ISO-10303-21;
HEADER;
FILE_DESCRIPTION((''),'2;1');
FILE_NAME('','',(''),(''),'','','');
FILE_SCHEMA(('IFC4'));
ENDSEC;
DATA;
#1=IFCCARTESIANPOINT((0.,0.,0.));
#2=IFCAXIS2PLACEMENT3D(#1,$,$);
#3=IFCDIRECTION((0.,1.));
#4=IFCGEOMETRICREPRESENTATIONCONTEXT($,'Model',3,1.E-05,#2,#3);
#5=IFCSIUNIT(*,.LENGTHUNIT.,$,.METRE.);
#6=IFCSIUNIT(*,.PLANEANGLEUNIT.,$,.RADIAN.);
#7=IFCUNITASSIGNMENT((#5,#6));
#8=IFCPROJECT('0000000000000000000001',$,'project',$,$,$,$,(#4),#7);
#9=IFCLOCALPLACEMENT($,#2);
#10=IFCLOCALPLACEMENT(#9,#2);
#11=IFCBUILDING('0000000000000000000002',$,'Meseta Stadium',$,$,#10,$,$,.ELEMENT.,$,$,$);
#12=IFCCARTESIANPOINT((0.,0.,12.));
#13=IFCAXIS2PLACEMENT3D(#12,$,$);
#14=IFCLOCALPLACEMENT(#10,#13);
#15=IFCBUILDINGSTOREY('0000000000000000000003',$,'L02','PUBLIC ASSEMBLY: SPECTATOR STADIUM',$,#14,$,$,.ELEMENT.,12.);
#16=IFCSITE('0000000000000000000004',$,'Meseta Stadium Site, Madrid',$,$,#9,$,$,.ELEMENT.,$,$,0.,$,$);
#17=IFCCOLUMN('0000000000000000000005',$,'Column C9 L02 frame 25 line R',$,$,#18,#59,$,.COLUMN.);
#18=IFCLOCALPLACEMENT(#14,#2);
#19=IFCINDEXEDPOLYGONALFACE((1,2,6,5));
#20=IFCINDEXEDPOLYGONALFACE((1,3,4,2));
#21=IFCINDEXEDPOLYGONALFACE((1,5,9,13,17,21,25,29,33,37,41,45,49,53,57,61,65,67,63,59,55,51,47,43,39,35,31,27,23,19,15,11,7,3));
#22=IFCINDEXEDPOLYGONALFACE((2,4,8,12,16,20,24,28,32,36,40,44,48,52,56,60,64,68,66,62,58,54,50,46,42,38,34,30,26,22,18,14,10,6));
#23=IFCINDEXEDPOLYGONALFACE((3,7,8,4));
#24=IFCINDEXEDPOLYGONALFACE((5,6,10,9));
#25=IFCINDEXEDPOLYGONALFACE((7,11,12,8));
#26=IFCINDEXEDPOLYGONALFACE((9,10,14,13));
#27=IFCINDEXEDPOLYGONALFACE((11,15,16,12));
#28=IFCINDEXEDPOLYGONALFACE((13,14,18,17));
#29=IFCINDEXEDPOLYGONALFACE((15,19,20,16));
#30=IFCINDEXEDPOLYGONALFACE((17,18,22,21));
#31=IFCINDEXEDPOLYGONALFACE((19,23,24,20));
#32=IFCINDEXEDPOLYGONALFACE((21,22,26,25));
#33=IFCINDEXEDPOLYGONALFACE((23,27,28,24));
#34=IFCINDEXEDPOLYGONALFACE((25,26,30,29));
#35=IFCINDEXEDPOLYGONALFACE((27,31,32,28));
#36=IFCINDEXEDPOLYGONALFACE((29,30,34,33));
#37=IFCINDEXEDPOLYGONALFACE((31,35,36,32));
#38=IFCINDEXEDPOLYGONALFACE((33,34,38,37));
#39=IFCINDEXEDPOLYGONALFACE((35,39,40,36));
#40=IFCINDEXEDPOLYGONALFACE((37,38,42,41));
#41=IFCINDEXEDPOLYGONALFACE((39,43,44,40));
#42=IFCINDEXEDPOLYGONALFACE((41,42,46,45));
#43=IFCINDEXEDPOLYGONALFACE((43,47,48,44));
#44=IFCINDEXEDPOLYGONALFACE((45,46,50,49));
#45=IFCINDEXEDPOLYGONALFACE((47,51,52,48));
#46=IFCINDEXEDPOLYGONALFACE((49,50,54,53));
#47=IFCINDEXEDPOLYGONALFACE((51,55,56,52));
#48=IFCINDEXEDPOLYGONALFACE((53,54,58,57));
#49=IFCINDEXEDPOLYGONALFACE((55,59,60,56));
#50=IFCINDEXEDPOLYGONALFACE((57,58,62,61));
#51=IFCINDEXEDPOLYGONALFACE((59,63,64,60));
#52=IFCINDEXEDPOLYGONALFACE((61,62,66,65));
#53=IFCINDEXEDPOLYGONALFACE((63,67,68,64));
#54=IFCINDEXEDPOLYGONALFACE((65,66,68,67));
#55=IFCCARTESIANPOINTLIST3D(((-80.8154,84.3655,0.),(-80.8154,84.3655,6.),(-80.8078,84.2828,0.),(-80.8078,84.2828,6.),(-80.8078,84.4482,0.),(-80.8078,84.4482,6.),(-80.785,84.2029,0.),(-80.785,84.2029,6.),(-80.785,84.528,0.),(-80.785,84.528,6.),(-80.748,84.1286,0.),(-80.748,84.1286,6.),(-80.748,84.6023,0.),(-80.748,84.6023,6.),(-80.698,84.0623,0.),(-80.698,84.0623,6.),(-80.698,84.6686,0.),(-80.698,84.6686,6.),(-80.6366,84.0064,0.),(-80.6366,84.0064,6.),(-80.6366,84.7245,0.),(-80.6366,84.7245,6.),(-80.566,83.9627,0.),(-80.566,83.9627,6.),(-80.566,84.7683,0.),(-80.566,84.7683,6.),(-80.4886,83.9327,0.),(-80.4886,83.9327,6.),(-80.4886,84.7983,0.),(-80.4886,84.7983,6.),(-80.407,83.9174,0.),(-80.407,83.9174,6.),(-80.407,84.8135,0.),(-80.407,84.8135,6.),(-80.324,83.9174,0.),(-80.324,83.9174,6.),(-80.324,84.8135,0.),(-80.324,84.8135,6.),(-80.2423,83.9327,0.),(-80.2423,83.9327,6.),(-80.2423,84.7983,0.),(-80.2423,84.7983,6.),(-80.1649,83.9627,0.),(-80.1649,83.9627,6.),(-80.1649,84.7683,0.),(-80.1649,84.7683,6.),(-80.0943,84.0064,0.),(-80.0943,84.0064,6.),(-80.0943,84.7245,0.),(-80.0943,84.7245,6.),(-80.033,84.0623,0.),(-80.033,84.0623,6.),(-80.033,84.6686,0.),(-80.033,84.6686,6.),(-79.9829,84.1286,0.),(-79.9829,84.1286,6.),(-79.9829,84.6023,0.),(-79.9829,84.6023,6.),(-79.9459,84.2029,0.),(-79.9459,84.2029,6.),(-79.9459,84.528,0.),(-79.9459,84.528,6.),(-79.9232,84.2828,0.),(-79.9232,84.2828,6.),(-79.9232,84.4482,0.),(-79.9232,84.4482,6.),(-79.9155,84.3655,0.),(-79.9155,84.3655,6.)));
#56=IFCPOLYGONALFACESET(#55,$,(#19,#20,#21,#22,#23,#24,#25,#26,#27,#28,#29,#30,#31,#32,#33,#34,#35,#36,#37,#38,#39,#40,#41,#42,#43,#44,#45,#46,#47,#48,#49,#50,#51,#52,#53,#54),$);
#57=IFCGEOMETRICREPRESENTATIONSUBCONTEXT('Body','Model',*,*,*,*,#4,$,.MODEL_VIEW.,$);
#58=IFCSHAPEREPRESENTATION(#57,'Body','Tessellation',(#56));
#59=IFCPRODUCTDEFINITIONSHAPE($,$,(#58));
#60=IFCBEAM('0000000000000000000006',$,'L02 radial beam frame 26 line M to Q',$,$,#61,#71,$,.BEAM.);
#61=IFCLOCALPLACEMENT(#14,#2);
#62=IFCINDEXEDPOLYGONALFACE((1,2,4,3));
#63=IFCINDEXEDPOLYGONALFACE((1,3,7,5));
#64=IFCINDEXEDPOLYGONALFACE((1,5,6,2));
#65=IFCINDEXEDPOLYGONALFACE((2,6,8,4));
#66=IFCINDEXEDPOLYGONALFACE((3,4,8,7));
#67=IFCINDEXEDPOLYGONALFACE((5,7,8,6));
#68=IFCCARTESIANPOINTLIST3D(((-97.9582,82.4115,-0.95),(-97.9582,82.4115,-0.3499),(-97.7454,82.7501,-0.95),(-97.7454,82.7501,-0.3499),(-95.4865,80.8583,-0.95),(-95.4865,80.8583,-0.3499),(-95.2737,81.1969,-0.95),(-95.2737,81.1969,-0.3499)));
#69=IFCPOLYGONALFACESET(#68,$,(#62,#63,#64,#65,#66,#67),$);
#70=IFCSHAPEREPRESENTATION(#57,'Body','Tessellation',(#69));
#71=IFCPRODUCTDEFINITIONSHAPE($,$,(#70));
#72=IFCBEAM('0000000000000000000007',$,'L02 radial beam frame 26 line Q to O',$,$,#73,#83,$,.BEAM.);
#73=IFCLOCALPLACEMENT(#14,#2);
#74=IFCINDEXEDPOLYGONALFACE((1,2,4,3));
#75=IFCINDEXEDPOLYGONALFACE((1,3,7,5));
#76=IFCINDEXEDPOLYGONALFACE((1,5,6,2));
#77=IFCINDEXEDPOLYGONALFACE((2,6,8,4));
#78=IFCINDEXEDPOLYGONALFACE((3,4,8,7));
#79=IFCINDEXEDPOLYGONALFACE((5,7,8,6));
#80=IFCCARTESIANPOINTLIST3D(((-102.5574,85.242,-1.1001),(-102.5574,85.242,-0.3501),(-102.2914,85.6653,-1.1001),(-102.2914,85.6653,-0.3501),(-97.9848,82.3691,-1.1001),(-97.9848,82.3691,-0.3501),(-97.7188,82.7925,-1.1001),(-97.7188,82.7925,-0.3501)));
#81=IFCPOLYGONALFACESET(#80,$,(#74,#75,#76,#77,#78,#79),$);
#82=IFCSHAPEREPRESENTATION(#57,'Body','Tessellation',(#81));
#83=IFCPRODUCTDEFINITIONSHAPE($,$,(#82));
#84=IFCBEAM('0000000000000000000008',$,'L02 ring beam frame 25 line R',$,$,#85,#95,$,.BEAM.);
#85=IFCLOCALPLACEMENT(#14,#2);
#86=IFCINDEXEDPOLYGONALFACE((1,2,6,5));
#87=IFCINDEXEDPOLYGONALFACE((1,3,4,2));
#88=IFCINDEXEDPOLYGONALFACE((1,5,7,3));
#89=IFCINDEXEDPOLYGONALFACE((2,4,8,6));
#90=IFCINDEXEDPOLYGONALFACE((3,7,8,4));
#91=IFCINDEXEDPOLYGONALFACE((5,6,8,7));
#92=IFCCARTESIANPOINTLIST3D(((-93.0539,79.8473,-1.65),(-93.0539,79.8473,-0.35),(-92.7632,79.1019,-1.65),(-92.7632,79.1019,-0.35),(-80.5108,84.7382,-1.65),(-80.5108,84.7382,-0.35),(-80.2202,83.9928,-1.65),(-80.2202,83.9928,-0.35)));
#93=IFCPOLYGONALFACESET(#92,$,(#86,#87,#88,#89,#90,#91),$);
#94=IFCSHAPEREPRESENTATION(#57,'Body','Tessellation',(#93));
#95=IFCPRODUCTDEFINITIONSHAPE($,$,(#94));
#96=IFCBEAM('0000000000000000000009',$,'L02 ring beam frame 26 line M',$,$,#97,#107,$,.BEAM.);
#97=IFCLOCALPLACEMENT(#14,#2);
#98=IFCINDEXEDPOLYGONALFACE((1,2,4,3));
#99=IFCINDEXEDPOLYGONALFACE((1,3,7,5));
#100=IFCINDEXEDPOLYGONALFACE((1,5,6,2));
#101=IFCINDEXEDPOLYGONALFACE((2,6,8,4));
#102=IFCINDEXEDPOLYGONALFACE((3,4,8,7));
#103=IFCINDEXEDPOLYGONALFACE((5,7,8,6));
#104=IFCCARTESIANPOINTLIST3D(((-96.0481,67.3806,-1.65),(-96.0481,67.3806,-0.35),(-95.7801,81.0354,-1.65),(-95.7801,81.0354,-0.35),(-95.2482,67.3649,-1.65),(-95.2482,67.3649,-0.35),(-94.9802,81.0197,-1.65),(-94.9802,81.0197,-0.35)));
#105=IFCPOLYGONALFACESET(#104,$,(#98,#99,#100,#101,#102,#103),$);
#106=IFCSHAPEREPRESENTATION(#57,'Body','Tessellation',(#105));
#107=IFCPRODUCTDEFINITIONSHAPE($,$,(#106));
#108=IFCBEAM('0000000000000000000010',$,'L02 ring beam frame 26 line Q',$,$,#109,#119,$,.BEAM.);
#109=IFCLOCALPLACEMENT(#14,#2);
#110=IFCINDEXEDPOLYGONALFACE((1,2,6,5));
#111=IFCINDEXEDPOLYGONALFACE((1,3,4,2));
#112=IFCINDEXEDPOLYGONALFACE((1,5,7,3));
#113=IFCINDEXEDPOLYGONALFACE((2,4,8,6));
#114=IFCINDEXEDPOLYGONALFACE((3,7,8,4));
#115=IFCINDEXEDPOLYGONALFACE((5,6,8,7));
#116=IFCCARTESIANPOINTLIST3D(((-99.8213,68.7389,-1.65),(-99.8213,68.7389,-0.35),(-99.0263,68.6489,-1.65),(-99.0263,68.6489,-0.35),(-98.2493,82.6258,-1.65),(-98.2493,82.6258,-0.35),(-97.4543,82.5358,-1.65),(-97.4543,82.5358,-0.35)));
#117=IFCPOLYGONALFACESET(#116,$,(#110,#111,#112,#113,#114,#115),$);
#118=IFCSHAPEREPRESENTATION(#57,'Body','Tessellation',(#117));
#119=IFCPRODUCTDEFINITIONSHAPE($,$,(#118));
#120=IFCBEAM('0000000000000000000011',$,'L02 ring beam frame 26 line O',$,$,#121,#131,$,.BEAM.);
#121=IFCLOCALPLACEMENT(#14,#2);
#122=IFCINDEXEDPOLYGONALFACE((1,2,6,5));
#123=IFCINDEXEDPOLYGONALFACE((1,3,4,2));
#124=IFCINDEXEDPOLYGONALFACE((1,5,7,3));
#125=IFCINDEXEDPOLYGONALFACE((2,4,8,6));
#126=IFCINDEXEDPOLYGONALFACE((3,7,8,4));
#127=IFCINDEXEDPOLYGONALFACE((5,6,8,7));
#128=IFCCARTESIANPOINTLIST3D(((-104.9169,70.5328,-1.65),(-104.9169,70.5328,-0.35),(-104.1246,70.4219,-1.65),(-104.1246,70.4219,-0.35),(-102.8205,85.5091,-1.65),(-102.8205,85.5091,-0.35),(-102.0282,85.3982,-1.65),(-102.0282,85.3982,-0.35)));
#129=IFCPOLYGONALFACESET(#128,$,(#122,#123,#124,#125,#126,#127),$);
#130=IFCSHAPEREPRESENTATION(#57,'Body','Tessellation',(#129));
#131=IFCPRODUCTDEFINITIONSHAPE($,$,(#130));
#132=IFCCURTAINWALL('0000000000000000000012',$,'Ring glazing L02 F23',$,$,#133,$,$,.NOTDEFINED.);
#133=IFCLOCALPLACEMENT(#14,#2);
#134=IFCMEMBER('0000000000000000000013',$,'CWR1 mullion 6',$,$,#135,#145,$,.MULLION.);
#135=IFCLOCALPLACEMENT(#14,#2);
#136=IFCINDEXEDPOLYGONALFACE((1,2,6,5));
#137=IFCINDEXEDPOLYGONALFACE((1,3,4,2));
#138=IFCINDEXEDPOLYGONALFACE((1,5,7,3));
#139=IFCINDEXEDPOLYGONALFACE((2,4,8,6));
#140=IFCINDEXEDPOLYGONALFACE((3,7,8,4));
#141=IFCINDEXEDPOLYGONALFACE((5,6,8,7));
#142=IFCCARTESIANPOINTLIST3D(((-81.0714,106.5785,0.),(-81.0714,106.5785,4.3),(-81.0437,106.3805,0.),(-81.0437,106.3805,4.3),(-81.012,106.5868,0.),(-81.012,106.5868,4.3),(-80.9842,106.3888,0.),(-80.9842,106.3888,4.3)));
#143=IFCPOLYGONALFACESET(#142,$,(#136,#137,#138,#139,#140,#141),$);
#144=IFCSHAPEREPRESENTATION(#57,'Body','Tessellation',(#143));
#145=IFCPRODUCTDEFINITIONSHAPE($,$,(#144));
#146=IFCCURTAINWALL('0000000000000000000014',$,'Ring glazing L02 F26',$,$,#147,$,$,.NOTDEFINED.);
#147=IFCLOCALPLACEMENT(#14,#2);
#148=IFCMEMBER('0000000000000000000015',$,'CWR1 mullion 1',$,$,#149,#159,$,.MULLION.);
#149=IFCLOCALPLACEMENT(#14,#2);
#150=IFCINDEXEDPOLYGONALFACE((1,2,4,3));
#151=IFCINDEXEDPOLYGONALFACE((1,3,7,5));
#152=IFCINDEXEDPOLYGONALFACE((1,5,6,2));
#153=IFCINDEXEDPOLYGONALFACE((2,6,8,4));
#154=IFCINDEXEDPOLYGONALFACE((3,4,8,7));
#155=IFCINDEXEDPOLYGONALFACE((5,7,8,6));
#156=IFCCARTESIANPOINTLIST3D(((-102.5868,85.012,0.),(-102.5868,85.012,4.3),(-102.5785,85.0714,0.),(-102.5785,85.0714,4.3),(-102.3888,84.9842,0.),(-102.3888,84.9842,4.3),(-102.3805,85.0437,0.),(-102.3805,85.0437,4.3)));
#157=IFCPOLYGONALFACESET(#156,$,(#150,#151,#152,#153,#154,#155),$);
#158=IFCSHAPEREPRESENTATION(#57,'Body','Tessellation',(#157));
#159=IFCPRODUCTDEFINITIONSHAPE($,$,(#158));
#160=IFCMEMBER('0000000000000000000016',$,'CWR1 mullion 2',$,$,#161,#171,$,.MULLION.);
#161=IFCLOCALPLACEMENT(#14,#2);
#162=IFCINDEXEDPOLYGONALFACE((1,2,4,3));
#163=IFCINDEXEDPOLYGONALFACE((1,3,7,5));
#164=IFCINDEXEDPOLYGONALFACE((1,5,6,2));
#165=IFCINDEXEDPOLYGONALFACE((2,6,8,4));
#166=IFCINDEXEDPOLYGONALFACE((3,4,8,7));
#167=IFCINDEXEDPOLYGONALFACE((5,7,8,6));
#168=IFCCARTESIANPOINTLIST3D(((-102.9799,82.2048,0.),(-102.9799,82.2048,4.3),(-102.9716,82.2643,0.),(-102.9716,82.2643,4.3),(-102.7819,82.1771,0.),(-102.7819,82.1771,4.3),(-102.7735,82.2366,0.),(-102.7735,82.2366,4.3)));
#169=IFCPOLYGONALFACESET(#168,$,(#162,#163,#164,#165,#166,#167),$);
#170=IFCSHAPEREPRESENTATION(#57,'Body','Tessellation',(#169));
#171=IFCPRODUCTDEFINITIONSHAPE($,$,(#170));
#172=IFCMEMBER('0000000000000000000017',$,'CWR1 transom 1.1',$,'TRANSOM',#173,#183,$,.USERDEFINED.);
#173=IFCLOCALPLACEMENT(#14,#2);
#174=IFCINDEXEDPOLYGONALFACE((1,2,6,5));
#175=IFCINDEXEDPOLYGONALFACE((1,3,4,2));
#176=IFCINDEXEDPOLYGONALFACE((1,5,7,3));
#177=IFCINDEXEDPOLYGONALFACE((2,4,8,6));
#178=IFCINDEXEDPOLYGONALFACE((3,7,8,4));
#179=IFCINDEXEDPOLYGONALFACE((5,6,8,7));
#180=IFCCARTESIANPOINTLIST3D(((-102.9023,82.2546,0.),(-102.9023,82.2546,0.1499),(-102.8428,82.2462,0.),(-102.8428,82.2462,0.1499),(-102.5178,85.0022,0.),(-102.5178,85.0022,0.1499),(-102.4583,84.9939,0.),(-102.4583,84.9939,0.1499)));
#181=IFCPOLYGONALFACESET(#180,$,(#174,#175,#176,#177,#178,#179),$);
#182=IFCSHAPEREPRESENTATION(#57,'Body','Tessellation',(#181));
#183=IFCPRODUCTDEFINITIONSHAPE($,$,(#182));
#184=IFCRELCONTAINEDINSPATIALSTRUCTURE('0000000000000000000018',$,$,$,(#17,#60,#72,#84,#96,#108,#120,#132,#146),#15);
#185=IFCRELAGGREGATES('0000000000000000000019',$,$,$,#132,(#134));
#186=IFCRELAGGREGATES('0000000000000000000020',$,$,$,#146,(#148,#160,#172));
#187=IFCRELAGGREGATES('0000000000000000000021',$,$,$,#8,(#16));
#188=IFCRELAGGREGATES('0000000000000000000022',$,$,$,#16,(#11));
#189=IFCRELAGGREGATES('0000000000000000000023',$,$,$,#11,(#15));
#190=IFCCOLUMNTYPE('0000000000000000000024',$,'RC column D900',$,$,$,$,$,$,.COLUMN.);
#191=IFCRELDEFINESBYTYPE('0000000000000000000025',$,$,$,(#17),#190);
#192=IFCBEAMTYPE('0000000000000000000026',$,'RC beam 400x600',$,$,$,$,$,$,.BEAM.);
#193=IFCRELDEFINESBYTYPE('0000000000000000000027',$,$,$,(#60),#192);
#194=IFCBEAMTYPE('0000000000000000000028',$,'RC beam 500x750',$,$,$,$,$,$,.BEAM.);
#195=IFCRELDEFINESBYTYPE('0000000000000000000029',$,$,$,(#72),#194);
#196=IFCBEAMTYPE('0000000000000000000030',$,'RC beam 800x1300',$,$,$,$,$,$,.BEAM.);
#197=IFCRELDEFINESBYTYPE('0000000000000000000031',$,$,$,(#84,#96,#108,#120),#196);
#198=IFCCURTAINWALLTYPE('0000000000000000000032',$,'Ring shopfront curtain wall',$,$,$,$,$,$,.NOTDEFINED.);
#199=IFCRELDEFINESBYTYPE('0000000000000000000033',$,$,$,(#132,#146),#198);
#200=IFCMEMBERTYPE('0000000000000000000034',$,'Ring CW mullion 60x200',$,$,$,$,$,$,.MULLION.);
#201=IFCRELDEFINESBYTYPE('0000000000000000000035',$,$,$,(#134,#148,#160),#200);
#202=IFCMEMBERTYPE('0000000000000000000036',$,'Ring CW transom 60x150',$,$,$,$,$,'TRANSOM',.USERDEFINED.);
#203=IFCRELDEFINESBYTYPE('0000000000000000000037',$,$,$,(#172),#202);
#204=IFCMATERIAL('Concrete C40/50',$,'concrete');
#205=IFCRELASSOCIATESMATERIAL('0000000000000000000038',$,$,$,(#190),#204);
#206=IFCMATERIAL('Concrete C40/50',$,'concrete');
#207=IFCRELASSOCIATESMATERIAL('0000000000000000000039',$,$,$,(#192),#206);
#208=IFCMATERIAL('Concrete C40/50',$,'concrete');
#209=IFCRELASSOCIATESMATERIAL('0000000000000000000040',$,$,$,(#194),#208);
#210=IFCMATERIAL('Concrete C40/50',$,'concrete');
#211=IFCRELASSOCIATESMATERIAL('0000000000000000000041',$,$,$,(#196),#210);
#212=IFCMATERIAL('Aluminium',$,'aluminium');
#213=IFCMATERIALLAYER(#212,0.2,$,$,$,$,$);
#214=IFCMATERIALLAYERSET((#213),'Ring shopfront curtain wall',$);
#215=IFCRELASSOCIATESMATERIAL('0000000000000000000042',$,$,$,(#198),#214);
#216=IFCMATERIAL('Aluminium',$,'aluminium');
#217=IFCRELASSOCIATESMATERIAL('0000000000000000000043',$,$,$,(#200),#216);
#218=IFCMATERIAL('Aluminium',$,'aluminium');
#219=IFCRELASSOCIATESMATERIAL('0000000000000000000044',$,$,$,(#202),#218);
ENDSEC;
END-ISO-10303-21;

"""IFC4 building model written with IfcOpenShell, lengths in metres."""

from ifc_helpers import new_model, si_unit, direction, frame, origin, origin_2d, place, context, subcontext, project, spatial, rectangle, circle, extrude, material, layer, layer_set, material_profile, profile_set, type_object, element, aggregate, save


model = new_model("IFC4")

# Units and contexts
model_context = context("Model", 3, precision=1e-05, world=origin(), true_north=direction((0.0, 1.0)))
body_context = subcontext(model_context, "Body", "Model", "MODEL_VIEW")
ifc_project = project(units=[si_unit("LENGTHUNIT", "METRE"), si_unit("PLANEANGLEUNIT", "RADIAN")], contexts=[model_context])

# Site, building, storey
site_placement = place(None, origin())
site = spatial("IfcSite", under=ifc_project, at=site_placement, Name="Meseta Stadium Site, Madrid", CompositionType="ELEMENT", RefElevation=0.0)
building_placement = place(site_placement, origin())
building = spatial("IfcBuilding", under=site, at=building_placement, Name="Meseta Stadium", CompositionType="ELEMENT")
storey_placement = place(building_placement, frame((0.0, 0.0, 12.0)))
storey = spatial("IfcBuildingStorey", under=building, at=storey_placement, Name="L02", Description="PUBLIC ASSEMBLY: SPECTATOR STADIUM", CompositionType="ELEMENT", Elevation=12.0)

# Column
ifc_material_1 = material(Name="Concrete C40/50", Category="concrete")
ifc_material_profile_1 = material_profile(ifc_material_1, circle(Radius=0.45, at=origin_2d()), Name="RC D900")
ifc_profile_set_1 = profile_set([ifc_material_profile_1], Name="Concrete C40/50")
column_type_1 = type_object("IfcColumnType", Name="RC column D900", PredefinedType="COLUMN", material=ifc_profile_set_1)
column_placement = place(storey_placement, frame((-80.3655, 84.3655, 0.0), z_axis=(0.0, 0.0, 1.0), x_axis=(1.0, 0.0, 0.0)))
element("IfcColumn", 1, at=column_placement, inside=storey, type_object=column_type_1, Name="Column C9 L02 frame 25 line R", PredefinedType="COLUMN", context=body_context, shape_type="SweptSolid", body=[
    extrude(circle(Radius=0.45, at=origin_2d()), origin(), (0.0, 0.0, 1.0), 6.0),
])

# Beams
ifc_material_2 = material(Name="Concrete C40/50", Category="concrete")
ifc_material_profile_2 = material_profile(ifc_material_2, rectangle(XDim=0.3999, YDim=0.6001, at=origin_2d()), Name="RC 400x600")
ifc_profile_set_2 = profile_set([ifc_material_profile_2], Name="Concrete C40/50")
beam_type_1 = type_object("IfcBeamType", Name="RC beam 400x600", PredefinedType="BEAM", material=ifc_profile_set_2)
beam_1_placement = place(storey_placement, frame((-95.3801, 81.0276, -0.6499), z_axis=(-0.846699, 0.532072, 0.0), x_axis=(-0.532072, -0.846699, 0.0)))
element("IfcBeam", 2, at=beam_1_placement, inside=storey, type_object=beam_type_1, Name="L02 radial beam frame 26 line M to Q", PredefinedType="BEAM", context=body_context, shape_type="SweptSolid", body=[
    extrude(rectangle(XDim=0.3999, YDim=0.6001, at=origin_2d()), origin(), (0.0, 0.0, 1.0), 2.9192),
])
ifc_material_3 = material(Name="Concrete C40/50", Category="concrete")
ifc_material_profile_3 = material_profile(ifc_material_3, rectangle(XDim=0.5, YDim=0.75, at=origin_2d()), Name="RC 500x750")
ifc_profile_set_3 = profile_set([ifc_material_profile_3], Name="Concrete C40/50")
beam_type_2 = type_object("IfcBeamType", Name="RC beam 500x750", PredefinedType="BEAM", material=ifc_profile_set_3)
beam_2_placement = place(storey_placement, frame((-97.8518, 82.5808, -0.7251), z_axis=(-0.846749, 0.531993, 0.0), x_axis=(-0.531993, -0.846749, 0.0)))
element("IfcBeam", 3, at=beam_2_placement, inside=storey, type_object=beam_type_2, Name="L02 radial beam frame 26 line Q to O", PredefinedType="BEAM", context=body_context, shape_type="SweptSolid", body=[
    extrude(rectangle(XDim=0.5, YDim=0.75, at=origin_2d()), origin(), (0.0, 0.0, 1.0), 5.4001),
])
ifc_material_4 = material(Name="Concrete C40/50", Category="concrete")
ifc_material_profile_4 = material_profile(ifc_material_4, rectangle(XDim=0.8, YDim=1.3, at=origin_2d()), Name="RC 800x1300")
ifc_profile_set_4 = profile_set([ifc_material_profile_4], Name="Concrete C40/50")
beam_type_3 = type_object("IfcBeamType", Name="RC beam 800x1300", PredefinedType="BEAM", material=ifc_profile_set_4)
beam_3_placement = place(storey_placement, frame((-80.3655, 84.3655, -1.0), z_axis=(-0.931677, -0.363288, 0.0), x_axis=(0.363288, -0.931677, 0.0)))
element("IfcBeam", 4, at=beam_3_placement, inside=storey, type_object=beam_type_3, Name="L02 ring beam frame 25 line R", PredefinedType="BEAM", context=body_context, shape_type="SweptSolid", body=[
    extrude(rectangle(XDim=0.8, YDim=1.3, at=origin_2d()), origin(), (0.0, 0.0, 1.0), 13.4629),
])
beam_4_placement = place(storey_placement, frame((-95.3801, 81.0276, -1.0), z_axis=(-0.019628, -0.999807, 0.0), x_axis=(0.999807, -0.019628, 0.0)))
element("IfcBeam", 5, at=beam_4_placement, inside=storey, type_object=beam_type_3, Name="L02 ring beam frame 26 line M", PredefinedType="BEAM", context=body_context, shape_type="SweptSolid", body=[
    extrude(rectangle(XDim=0.8, YDim=1.3, at=origin_2d()), origin(), (0.0, 0.0, 1.0), 13.6575),
])
beam_5_placement = place(storey_placement, frame((-97.8518, 82.5808, -1.0), z_axis=(-0.112483, -0.993654, 0.0), x_axis=(0.993654, -0.112483, 0.0)))
element("IfcBeam", 6, at=beam_5_placement, inside=storey, type_object=beam_type_3, Name="L02 ring beam frame 26 line Q", PredefinedType="BEAM", context=body_context, shape_type="SweptSolid", body=[
    extrude(rectangle(XDim=0.8, YDim=1.3, at=origin_2d()), origin(), (0.0, 0.0, 1.0), 13.9756),
])
beam_6_placement = place(storey_placement, frame((-102.4243, 85.4536, -1.0), z_axis=(-0.138632, -0.990344, 0.0), x_axis=(0.990344, -0.138632, 0.0)))
element("IfcBeam", 7, at=beam_6_placement, inside=storey, type_object=beam_type_3, Name="L02 ring beam frame 26 line O", PredefinedType="BEAM", context=body_context, shape_type="SweptSolid", body=[
    extrude(rectangle(XDim=0.8, YDim=1.3, at=origin_2d()), origin(), (0.0, 0.0, 1.0), 15.1223),
])

# Curtain wall, member
ifc_material_5 = material(Name="Aluminium", Category="aluminium")
ifc_layer_1 = layer(ifc_material_5, 0.2)
ifc_layer_set_1 = layer_set([ifc_layer_1], Name="Ring shopfront curtain wall")
curtain_wall_type = type_object("IfcCurtainWallType", Name="Ring shopfront curtain wall", PredefinedType="NOTDEFINED", material=ifc_layer_set_1)
curtain_wall_1_placement = place(storey_placement, origin())
curtain_wall_1 = element("IfcCurtainWall", 8, at=curtain_wall_1_placement, inside=storey, type_object=curtain_wall_type, Name="Ring glazing L02 F23", PredefinedType="NOTDEFINED")
ifc_material_6 = material(Name="Aluminium", Category="aluminium")
ifc_material_profile_5 = material_profile(ifc_material_6, rectangle(XDim=0.2, YDim=0.0601, at=origin_2d()), Name="CW 200x60")
ifc_profile_set_5 = profile_set([ifc_material_profile_5], Name="Aluminium")
member_type_1 = type_object("IfcMemberType", Name="Ring CW mullion 60x200", PredefinedType="MULLION", material=ifc_profile_set_5)
member_1_placement = place(storey_placement, frame((-81.0278, 106.4836, 0.0), z_axis=(0.0, 0.0, 1.0), x_axis=(0.138643, -0.990342, 0.0)))
member_1 = element("IfcMember", 9, at=member_1_placement, type_object=member_type_1, Name="CWR1 mullion 6", PredefinedType="MULLION", context=body_context, shape_type="SweptSolid", body=[
    extrude(rectangle(XDim=0.2, YDim=0.0601, at=origin_2d()), origin(), (0.0, 0.0, 1.0), 4.3),
])
aggregate(curtain_wall_1, [member_1])

# Curtain wall, members
curtain_wall_2_placement = place(storey_placement, origin())
curtain_wall_2 = element("IfcCurtainWall", 10, at=curtain_wall_2_placement, inside=storey, type_object=curtain_wall_type, Name="Ring glazing L02 F26", PredefinedType="NOTDEFINED")
member_2_placement = place(storey_placement, frame((-102.4836, 85.0278, 0.0), z_axis=(0.0, 0.0, 1.0), x_axis=(0.990342, -0.138643, 0.0)))
member_2 = element("IfcMember", 11, at=member_2_placement, type_object=member_type_1, Name="CWR1 mullion 1", PredefinedType="MULLION", context=body_context, shape_type="SweptSolid", body=[
    extrude(rectangle(XDim=0.2, YDim=0.0601, at=origin_2d()), origin(), (0.0, 0.0, 1.0), 4.3),
])
member_3_placement = place(storey_placement, frame((-102.8767, 82.2207, 0.0), z_axis=(0.0, 0.0, 1.0), x_axis=(0.990342, -0.138643, 0.0)))
member_3 = element("IfcMember", 12, at=member_3_placement, type_object=member_type_1, Name="CWR1 mullion 2", PredefinedType="MULLION", context=body_context, shape_type="SweptSolid", body=[
    extrude(rectangle(XDim=0.2, YDim=0.0601, at=origin_2d()), origin(), (0.0, 0.0, 1.0), 4.3),
])
ifc_material_7 = material(Name="Aluminium", Category="aluminium")
ifc_material_profile_6 = material_profile(ifc_material_7, rectangle(XDim=0.0601, YDim=0.1499, at=origin_2d()), Name="CW 60x150")
ifc_profile_set_6 = profile_set([ifc_material_profile_6], Name="Aluminium")
member_type_2 = type_object("IfcMemberType", Name="Ring CW transom 60x150", ElementType="TRANSOM", PredefinedType="USERDEFINED", material=ifc_profile_set_6)
member_4_placement = place(storey_placement, frame((-102.488, 84.998, 0.075), z_axis=(-0.1386, -0.990349, 0.0), x_axis=(0.990349, -0.1386, 0.0)))
member_4 = element("IfcMember", 13, at=member_4_placement, type_object=member_type_2, Name="CWR1 transom 1.1", ObjectType="TRANSOM", PredefinedType="USERDEFINED", context=body_context, shape_type="SweptSolid", body=[
    extrude(rectangle(XDim=0.0601, YDim=0.1499, at=origin_2d()), origin(), (0.0, 0.0, 1.0), 2.7744),
])
aggregate(curtain_wall_2, [member_2, member_3, member_4])

save(model, "model.ifc")
